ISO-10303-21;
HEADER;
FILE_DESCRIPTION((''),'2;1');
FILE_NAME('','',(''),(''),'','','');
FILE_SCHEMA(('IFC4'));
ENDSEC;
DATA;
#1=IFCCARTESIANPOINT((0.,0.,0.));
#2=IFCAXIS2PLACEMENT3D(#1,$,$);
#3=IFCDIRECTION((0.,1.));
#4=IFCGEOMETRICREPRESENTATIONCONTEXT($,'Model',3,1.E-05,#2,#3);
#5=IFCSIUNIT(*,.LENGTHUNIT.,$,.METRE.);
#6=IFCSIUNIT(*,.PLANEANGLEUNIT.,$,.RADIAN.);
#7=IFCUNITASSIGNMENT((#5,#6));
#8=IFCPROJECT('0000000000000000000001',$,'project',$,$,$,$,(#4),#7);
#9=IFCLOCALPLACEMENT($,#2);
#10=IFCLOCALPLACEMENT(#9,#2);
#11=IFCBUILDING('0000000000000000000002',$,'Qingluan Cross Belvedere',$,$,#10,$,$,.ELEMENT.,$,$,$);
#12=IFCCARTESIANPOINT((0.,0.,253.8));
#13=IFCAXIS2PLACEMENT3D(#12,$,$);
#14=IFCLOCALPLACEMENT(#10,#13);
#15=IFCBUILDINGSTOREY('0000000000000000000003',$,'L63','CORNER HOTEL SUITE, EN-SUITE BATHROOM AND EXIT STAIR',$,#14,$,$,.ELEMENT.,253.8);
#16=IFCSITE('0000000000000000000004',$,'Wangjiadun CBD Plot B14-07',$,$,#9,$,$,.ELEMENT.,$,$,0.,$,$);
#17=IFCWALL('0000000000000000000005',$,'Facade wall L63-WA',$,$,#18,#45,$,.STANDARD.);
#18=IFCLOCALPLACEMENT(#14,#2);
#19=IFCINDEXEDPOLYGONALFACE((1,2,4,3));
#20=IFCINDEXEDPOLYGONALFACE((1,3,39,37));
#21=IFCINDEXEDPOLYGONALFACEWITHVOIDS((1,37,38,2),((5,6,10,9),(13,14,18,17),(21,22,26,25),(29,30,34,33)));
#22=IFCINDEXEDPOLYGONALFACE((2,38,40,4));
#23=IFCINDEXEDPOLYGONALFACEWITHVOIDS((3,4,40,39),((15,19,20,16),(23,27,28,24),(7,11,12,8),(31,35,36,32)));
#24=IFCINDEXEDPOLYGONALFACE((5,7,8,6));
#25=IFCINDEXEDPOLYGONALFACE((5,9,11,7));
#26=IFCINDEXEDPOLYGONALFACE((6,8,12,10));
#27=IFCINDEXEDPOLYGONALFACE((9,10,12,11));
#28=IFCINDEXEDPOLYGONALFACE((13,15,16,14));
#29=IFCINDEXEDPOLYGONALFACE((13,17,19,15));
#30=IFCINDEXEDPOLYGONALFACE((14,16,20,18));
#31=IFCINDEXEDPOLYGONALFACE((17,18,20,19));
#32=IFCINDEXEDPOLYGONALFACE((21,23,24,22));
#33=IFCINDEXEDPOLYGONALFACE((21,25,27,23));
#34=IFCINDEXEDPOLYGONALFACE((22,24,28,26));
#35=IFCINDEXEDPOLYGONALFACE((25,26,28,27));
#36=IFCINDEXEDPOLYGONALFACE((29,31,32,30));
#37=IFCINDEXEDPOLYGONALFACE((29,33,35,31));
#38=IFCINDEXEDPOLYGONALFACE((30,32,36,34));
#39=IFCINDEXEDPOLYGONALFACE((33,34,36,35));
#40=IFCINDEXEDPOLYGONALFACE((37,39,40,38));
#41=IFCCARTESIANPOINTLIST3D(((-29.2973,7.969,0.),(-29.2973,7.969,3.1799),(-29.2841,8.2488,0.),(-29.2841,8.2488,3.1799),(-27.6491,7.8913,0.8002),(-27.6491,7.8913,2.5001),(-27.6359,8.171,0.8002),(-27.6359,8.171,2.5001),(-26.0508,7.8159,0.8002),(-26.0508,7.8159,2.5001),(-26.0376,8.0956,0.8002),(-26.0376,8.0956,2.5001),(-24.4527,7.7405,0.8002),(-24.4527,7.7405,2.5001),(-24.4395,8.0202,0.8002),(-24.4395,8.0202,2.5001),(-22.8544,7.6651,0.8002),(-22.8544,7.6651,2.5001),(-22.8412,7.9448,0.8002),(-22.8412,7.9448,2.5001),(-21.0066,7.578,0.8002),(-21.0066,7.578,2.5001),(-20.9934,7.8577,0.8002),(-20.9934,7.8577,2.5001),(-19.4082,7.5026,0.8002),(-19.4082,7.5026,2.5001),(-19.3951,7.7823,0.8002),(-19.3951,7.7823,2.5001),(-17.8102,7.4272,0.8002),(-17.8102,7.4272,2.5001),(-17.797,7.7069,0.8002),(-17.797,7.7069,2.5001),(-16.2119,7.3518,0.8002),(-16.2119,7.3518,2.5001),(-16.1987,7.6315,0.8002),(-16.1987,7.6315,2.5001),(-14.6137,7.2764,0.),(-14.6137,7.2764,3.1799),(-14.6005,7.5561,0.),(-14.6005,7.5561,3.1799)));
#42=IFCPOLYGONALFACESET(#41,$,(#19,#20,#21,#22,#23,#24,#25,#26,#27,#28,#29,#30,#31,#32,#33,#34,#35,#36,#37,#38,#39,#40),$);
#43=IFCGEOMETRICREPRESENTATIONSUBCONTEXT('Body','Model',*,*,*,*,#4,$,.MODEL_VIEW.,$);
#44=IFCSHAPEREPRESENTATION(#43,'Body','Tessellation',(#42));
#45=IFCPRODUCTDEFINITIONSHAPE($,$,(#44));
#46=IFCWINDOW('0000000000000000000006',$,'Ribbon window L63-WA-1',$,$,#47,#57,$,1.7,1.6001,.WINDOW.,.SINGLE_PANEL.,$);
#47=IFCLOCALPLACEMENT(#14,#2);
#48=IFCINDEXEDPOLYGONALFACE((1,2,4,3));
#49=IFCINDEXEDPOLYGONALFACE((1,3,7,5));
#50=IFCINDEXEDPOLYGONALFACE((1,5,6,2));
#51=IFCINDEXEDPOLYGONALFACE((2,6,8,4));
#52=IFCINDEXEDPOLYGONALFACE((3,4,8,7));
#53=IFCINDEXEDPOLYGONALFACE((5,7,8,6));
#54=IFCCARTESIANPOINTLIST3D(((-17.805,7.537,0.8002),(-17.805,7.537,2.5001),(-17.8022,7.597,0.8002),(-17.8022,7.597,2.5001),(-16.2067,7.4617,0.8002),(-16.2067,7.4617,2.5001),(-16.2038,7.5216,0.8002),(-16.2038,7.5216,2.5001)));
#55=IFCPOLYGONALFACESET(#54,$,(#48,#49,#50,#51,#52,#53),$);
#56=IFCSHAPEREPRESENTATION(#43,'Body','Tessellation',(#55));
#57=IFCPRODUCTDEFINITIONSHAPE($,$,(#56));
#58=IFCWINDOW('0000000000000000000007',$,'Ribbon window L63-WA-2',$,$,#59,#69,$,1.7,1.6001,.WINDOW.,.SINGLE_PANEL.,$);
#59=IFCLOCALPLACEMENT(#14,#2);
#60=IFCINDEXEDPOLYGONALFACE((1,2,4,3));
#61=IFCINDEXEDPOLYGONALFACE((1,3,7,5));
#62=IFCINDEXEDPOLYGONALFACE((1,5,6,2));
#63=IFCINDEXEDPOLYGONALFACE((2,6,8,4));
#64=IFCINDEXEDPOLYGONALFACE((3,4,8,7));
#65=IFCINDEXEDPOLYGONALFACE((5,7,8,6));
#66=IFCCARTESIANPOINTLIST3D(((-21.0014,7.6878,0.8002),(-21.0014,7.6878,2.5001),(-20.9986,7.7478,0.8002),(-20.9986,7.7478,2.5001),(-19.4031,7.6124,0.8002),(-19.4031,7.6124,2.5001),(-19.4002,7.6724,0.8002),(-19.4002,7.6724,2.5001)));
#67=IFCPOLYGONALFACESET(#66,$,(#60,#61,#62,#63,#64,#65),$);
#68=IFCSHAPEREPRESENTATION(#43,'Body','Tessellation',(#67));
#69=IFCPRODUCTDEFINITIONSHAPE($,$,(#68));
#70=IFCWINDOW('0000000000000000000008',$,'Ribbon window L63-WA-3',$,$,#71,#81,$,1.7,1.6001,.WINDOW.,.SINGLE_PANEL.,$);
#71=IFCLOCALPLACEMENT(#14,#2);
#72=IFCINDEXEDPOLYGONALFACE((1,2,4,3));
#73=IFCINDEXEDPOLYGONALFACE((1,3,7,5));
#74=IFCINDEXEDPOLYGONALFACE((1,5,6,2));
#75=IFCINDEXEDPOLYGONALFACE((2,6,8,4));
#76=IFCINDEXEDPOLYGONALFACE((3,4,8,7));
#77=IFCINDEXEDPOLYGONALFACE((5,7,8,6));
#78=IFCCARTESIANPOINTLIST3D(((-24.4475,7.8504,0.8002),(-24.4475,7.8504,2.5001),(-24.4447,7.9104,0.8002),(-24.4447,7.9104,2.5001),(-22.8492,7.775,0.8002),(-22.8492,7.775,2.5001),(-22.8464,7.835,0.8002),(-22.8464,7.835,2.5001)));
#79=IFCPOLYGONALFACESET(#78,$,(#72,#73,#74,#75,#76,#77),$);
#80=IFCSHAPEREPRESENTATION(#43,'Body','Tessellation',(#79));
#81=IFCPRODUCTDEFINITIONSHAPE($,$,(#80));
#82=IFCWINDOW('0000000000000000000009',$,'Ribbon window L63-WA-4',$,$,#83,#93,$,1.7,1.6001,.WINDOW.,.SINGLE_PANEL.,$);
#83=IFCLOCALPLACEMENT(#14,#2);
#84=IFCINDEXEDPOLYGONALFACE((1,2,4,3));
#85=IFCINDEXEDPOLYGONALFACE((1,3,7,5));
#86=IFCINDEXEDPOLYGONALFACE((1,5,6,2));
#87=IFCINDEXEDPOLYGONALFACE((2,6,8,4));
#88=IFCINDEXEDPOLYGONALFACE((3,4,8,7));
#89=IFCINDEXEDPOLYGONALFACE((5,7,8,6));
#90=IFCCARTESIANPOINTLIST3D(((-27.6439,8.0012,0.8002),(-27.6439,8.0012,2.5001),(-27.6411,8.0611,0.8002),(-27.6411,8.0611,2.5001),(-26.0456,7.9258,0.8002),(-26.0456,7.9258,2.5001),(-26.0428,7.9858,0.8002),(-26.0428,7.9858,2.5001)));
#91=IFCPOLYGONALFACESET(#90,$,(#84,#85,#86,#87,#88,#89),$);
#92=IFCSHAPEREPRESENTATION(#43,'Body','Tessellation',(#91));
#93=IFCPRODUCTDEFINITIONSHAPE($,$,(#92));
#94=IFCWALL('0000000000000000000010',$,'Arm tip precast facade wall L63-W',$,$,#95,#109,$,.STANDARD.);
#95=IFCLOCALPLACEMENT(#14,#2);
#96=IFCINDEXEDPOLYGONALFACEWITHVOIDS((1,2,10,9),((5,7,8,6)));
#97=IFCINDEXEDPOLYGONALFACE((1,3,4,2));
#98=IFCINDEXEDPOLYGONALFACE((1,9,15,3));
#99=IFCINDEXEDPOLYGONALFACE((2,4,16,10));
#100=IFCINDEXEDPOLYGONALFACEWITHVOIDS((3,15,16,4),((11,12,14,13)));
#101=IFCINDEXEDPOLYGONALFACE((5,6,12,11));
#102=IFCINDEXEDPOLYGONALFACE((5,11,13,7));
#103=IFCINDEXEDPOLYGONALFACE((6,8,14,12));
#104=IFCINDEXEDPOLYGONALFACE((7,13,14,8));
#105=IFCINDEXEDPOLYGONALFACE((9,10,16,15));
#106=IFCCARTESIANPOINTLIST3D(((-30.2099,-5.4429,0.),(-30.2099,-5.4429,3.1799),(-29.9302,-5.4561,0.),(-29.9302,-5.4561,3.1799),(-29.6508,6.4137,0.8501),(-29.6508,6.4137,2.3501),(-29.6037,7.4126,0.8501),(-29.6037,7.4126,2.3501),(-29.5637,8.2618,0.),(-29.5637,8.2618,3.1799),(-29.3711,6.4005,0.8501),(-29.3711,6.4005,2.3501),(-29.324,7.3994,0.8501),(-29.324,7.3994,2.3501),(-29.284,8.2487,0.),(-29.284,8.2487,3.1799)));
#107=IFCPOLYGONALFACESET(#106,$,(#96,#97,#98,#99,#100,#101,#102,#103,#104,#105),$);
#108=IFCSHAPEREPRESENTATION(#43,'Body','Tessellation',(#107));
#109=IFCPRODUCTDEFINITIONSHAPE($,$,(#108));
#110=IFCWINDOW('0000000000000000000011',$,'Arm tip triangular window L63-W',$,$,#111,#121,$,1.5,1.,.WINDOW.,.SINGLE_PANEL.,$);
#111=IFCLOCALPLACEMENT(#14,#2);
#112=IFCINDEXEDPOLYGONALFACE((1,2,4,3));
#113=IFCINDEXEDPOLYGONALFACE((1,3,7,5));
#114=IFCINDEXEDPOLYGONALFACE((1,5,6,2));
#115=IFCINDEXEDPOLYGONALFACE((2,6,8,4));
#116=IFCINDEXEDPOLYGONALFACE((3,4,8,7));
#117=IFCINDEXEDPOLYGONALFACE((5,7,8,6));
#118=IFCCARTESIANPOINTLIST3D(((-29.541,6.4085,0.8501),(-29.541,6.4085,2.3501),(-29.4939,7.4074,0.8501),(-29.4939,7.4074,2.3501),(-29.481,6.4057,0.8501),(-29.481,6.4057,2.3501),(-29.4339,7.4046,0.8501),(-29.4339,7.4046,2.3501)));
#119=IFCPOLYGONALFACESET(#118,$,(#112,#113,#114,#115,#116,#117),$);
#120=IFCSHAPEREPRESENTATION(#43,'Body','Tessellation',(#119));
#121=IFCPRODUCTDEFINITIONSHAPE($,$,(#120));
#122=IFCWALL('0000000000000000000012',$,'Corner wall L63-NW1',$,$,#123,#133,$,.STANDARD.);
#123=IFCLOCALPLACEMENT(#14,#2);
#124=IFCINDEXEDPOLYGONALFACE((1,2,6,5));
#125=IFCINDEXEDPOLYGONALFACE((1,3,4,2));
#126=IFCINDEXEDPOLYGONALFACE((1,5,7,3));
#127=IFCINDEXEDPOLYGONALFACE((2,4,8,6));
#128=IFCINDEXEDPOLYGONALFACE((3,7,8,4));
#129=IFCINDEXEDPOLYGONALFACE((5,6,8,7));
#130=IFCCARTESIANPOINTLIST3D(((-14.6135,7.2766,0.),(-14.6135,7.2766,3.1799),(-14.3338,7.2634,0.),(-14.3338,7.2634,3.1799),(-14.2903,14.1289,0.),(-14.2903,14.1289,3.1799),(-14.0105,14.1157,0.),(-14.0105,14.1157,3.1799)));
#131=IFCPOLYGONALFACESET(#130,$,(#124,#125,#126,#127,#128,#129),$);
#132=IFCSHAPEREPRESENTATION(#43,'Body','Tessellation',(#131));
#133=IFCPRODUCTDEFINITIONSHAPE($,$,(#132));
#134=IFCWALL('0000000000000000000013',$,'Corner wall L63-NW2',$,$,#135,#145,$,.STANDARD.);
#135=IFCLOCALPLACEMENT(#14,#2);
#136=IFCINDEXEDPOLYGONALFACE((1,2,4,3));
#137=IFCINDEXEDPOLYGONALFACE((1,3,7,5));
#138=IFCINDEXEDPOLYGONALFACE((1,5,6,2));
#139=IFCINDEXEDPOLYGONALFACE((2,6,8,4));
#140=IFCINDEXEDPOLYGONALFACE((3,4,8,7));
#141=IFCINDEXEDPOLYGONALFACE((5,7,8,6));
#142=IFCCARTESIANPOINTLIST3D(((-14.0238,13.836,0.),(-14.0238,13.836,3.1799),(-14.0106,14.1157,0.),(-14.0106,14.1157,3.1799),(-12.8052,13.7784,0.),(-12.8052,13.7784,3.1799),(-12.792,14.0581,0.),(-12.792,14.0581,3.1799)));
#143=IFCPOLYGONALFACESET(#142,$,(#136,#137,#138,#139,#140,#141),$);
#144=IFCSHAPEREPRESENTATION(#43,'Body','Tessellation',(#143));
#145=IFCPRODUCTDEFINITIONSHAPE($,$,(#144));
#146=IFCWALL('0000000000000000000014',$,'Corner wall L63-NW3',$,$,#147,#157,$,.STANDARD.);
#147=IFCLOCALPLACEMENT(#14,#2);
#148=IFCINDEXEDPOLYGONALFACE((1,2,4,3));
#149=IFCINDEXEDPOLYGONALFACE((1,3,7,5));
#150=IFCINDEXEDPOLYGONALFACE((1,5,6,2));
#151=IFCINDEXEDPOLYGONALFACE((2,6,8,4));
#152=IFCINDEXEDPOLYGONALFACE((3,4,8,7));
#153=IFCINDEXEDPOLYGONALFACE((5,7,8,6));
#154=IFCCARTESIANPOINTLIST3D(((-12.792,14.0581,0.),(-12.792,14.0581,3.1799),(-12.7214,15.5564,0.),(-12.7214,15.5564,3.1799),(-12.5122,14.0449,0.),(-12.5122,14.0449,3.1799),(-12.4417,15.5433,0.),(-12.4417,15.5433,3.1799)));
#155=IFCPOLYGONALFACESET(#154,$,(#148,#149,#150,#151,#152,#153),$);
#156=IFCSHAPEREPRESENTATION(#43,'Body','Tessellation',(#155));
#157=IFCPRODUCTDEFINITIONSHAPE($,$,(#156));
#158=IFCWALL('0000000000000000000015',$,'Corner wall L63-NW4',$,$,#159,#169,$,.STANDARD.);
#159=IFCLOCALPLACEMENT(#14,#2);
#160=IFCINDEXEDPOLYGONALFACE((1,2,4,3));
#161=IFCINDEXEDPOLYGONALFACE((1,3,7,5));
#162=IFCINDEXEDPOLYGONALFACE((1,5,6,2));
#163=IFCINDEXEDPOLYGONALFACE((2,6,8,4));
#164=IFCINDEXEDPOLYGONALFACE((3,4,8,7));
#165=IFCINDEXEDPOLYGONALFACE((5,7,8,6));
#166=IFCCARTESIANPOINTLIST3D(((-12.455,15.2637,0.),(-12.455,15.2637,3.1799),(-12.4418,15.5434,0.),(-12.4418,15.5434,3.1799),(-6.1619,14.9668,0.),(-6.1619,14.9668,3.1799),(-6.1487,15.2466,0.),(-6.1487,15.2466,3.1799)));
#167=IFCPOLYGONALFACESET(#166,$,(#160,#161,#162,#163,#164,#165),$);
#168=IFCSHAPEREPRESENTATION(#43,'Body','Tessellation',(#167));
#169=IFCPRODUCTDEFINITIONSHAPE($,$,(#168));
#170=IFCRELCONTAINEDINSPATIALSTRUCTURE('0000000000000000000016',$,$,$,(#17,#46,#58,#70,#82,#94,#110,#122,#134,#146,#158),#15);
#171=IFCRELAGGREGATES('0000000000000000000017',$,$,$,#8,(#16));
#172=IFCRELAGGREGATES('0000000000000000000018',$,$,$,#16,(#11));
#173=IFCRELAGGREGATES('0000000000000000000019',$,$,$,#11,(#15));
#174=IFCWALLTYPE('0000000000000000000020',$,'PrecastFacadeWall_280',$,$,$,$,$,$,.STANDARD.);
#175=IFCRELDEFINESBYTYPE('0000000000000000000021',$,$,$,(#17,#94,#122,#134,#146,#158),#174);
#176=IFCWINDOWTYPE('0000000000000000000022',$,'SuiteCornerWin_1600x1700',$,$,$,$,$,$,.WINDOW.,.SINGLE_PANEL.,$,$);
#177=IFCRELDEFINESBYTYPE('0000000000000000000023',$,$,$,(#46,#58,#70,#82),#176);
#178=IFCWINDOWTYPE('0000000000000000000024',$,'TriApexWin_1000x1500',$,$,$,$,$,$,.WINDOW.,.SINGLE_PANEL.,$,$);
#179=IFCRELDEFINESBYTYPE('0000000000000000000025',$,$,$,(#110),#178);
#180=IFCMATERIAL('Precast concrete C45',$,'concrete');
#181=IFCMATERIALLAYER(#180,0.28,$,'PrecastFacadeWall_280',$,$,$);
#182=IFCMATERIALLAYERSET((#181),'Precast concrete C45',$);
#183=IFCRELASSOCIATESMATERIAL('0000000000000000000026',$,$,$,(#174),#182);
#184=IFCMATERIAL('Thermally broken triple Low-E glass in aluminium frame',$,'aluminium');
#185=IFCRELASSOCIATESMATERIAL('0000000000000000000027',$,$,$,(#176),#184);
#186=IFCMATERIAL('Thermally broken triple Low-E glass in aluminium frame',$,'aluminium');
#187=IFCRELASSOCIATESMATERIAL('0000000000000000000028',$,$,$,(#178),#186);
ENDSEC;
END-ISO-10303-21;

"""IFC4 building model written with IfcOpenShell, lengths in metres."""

from ifc_helpers import new_model, si_unit, direction, frame, frame_2d, origin, place, context, subcontext, project, spatial, rectangle, extrude, material, layer, layer_set, type_object, element, fill, save


model = new_model("IFC4")

# Units and contexts
model_context = context("Model", 3, precision=1e-05, world=origin(), true_north=direction((0.0, 1.0)))
body_context = subcontext(model_context, "Body", "Model", "MODEL_VIEW")
ifc_project = project(units=[si_unit("LENGTHUNIT", "METRE"), si_unit("PLANEANGLEUNIT", "RADIAN")], contexts=[model_context])

# Site, building, storey
site_placement = place(None, origin())
site = spatial("IfcSite", under=ifc_project, at=site_placement, Name="Wangjiadun CBD Plot B14-07", CompositionType="ELEMENT", RefElevation=0.0)
building_placement = place(site_placement, origin())
building = spatial("IfcBuilding", under=site, at=building_placement, Name="Qingluan Cross Belvedere", CompositionType="ELEMENT")
storey_placement = place(building_placement, frame((0.0, 0.0, 253.8)))
storey = spatial("IfcBuildingStorey", under=building, at=storey_placement, Name="L63", Description="CORNER HOTEL SUITE, EN-SUITE BATHROOM AND EXIT STAIR", CompositionType="ELEMENT", Elevation=253.8)

# Wall, openings, windows
ifc_material_1 = material(Name="Precast concrete C45", Category="concrete")
ifc_layer_1 = layer(ifc_material_1, 0.28, Name="PrecastFacadeWall_280")
ifc_layer_set_1 = layer_set([ifc_layer_1], Name="Precast concrete C45")
wall_type = type_object("IfcWallType", Name="PrecastFacadeWall_280", PredefinedType="STANDARD", material=ifc_layer_set_1)
wall_1_placement = place(storey_placement, frame((-14.6069, 7.4163, 0.0), z_axis=(0.0, 0.0, 1.0), x_axis=(-0.998889, 0.047118, 0.0)))
wall_1 = element("IfcWall", 1, at=wall_1_placement, inside=storey, type_object=wall_type, Name="Facade wall L63-WA", PredefinedType="STANDARD", context=body_context, shape_type="SweptSolid", body=[
    extrude(rectangle(XDim=14.7, YDim=0.28, at=frame_2d((7.3501, 0.0))), origin(), (0.0, 0.0, 1.0), 3.1799),
])
opening_1_placement = place(wall_1_placement, frame((1.6001, 0.0, 0.8)))
opening_1 = element("IfcOpeningElement", 2, at=opening_1_placement, cuts=wall_1, PredefinedType="OPENING", context=body_context, shape_type="SweptSolid", body=[
    extrude(rectangle(XDim=1.6001, YDim=1.7, at=frame_2d((0.8, 0.8501))), frame((0.0, 0.1499, 0.0), z_axis=(0.0, -1.0, 0.0), x_axis=(1.0, 0.0, 0.0)), (0.0, 0.0, 1.0), 0.3),
])
opening_2_placement = place(wall_1_placement, frame((4.8, 0.0, 0.8)))
opening_2 = element("IfcOpeningElement", 3, at=opening_2_placement, cuts=wall_1, PredefinedType="OPENING", context=body_context, shape_type="SweptSolid", body=[
    extrude(rectangle(XDim=1.6001, YDim=1.7, at=frame_2d((0.8, 0.8501))), frame((0.0, 0.1499, 0.0), z_axis=(0.0, -1.0, 0.0), x_axis=(1.0, 0.0, 0.0)), (0.0, 0.0, 1.0), 0.3),
])
opening_3_placement = place(wall_1_placement, frame((8.25, 0.0, 0.8)))
opening_3 = element("IfcOpeningElement", 4, at=opening_3_placement, cuts=wall_1, PredefinedType="OPENING", context=body_context, shape_type="SweptSolid", body=[
    extrude(rectangle(XDim=1.6001, YDim=1.7, at=frame_2d((0.8, 0.8501))), frame((0.0, 0.1499, 0.0), z_axis=(0.0, -1.0, 0.0), x_axis=(1.0, 0.0, 0.0)), (0.0, 0.0, 1.0), 0.3),
])
opening_4_placement = place(wall_1_placement, frame((11.45, 0.0, 0.8)))
opening_4 = element("IfcOpeningElement", 5, at=opening_4_placement, cuts=wall_1, PredefinedType="OPENING", context=body_context, shape_type="SweptSolid", body=[
    extrude(rectangle(XDim=1.6001, YDim=1.7, at=frame_2d((0.8, 0.8501))), frame((0.0, 0.1499, 0.0), z_axis=(0.0, -1.0, 0.0), x_axis=(1.0, 0.0, 0.0)), (0.0, 0.0, 1.0), 0.3),
])
ifc_material_2 = material(Name="Thermally broken triple Low-E glass in aluminium frame", Category="aluminium")
window_type_1 = type_object("IfcWindowType", Name="SuiteCornerWin_1600x1700", PartitioningType="SINGLE_PANEL", PredefinedType="WINDOW", material=ifc_material_2)
window_1_placement = place(opening_1_placement, origin())
window_1 = element("IfcWindow", 6, at=window_1_placement, inside=storey, type_object=window_type_1, Name="Ribbon window L63-WA-1", OverallHeight=1.7, OverallWidth=1.6001, PartitioningType="SINGLE_PANEL", PredefinedType="WINDOW", context=body_context, shape_type="SweptSolid", body=[
    extrude(rectangle(XDim=1.6001, YDim=1.7, at=frame_2d((0.8, 0.8501))), frame((0.0, 0.03, 0.0), z_axis=(0.0, -1.0, 0.0), x_axis=(1.0, 0.0, 0.0)), (0.0, 0.0, 1.0), 0.0601),
])
fill(opening_1, window_1)
window_2_placement = place(opening_2_placement, origin())
window_2 = element("IfcWindow", 7, at=window_2_placement, inside=storey, type_object=window_type_1, Name="Ribbon window L63-WA-2", OverallHeight=1.7, OverallWidth=1.6001, PartitioningType="SINGLE_PANEL", PredefinedType="WINDOW", context=body_context, shape_type="SweptSolid", body=[
    extrude(rectangle(XDim=1.6001, YDim=1.7, at=frame_2d((0.8, 0.8501))), frame((0.0, 0.03, 0.0), z_axis=(0.0, -1.0, 0.0), x_axis=(1.0, 0.0, 0.0)), (0.0, 0.0, 1.0), 0.0601),
])
fill(opening_2, window_2)
window_3_placement = place(opening_3_placement, origin())
window_3 = element("IfcWindow", 8, at=window_3_placement, inside=storey, type_object=window_type_1, Name="Ribbon window L63-WA-3", OverallHeight=1.7, OverallWidth=1.6001, PartitioningType="SINGLE_PANEL", PredefinedType="WINDOW", context=body_context, shape_type="SweptSolid", body=[
    extrude(rectangle(XDim=1.6001, YDim=1.7, at=frame_2d((0.8, 0.8501))), frame((0.0, 0.03, 0.0), z_axis=(0.0, -1.0, 0.0), x_axis=(1.0, 0.0, 0.0)), (0.0, 0.0, 1.0), 0.0601),
])
fill(opening_3, window_3)
window_4_placement = place(opening_4_placement, origin())
window_4 = element("IfcWindow", 9, at=window_4_placement, inside=storey, type_object=window_type_1, Name="Ribbon window L63-WA-4", OverallHeight=1.7, OverallWidth=1.6001, PartitioningType="SINGLE_PANEL", PredefinedType="WINDOW", context=body_context, shape_type="SweptSolid", body=[
    extrude(rectangle(XDim=1.6001, YDim=1.7, at=frame_2d((0.8, 0.8501))), frame((0.0, 0.03, 0.0), z_axis=(0.0, -1.0, 0.0), x_axis=(1.0, 0.0, 0.0)), (0.0, 0.0, 1.0), 0.0601),
])
fill(opening_4, window_4)

# Wall, opening, window
wall_2_placement = place(storey_placement, frame((-29.4238, 8.2551, 0.0), z_axis=(0.0, 0.0, 1.0), x_axis=(-0.047102, -0.99889, 0.0)))
wall_2 = element("IfcWall", 10, at=wall_2_placement, inside=storey, type_object=wall_type, Name="Arm tip precast facade wall L63-W", PredefinedType="STANDARD", context=body_context, shape_type="SweptSolid", body=[
    extrude(rectangle(XDim=13.72, YDim=0.28, at=frame_2d((6.8599, 0.0))), origin(), (0.0, 0.0, 1.0), 3.1799),
])
opening_5_placement = place(wall_2_placement, frame((0.8501, 0.0, 0.8501)))
opening_5 = element("IfcOpeningElement", 11, at=opening_5_placement, cuts=wall_2, PredefinedType="OPENING", context=body_context, shape_type="SweptSolid", body=[
    extrude(rectangle(XDim=1.0, YDim=1.5, at=frame_2d((0.5, 0.75))), frame((0.0, 0.1499, 0.0), z_axis=(0.0, -1.0, 0.0), x_axis=(1.0, 0.0, 0.0)), (0.0, 0.0, 1.0), 0.3),
])
ifc_material_3 = material(Name="Thermally broken triple Low-E glass in aluminium frame", Category="aluminium")
window_type_2 = type_object("IfcWindowType", Name="TriApexWin_1000x1500", PartitioningType="SINGLE_PANEL", PredefinedType="WINDOW", material=ifc_material_3)
window_5_placement = place(opening_5_placement, origin())
window_5 = element("IfcWindow", 12, at=window_5_placement, inside=storey, type_object=window_type_2, Name="Arm tip triangular window L63-W", OverallHeight=1.5, OverallWidth=1.0, PartitioningType="SINGLE_PANEL", PredefinedType="WINDOW", context=body_context, shape_type="SweptSolid", body=[
    extrude(rectangle(XDim=1.0, YDim=1.5, at=frame_2d((0.5, 0.75))), frame((0.0, 0.03, 0.0), z_axis=(0.0, -1.0, 0.0), x_axis=(1.0, 0.0, 0.0)), (0.0, 0.0, 1.0), 0.0601),
])
fill(opening_5, window_5)

# Walls
wall_3_placement = place(storey_placement, frame((-14.4736, 7.27, 0.0), z_axis=(0.0, 0.0, 1.0), x_axis=(0.04712, 0.998889, 0.0)))
element("IfcWall", 13, at=wall_3_placement, inside=storey, type_object=wall_type, Name="Corner wall L63-NW1", PredefinedType="STANDARD", context=body_context, shape_type="SweptSolid", body=[
    extrude(rectangle(XDim=6.8599, YDim=0.28, at=frame_2d((3.4299, 0.0))), origin(), (0.0, 0.0, 1.0), 3.1799),
])
wall_4_placement = place(storey_placement, frame((-14.0171, 13.9758, 0.0), z_axis=(0.0, 0.0, 1.0), x_axis=(0.998884, -0.047232, 0.0)))
element("IfcWall", 14, at=wall_4_placement, inside=storey, type_object=wall_type, Name="Corner wall L63-NW2", PredefinedType="STANDARD", context=body_context, shape_type="SweptSolid", body=[
    extrude(rectangle(XDim=1.22, YDim=0.28, at=frame_2d((0.6099, 0.0))), origin(), (0.0, 0.0, 1.0), 3.1799),
])
wall_5_placement = place(storey_placement, frame((-12.6521, 14.0515, 0.0), z_axis=(0.0, 0.0, 1.0), x_axis=(0.047039, 0.998893, 0.0)))
element("IfcWall", 15, at=wall_5_placement, inside=storey, type_object=wall_type, Name="Corner wall L63-NW3", PredefinedType="STANDARD", context=body_context, shape_type="SweptSolid", body=[
    extrude(rectangle(XDim=1.5, YDim=0.28, at=frame_2d((0.75, 0.0))), origin(), (0.0, 0.0, 1.0), 3.1799),
])
wall_6_placement = place(storey_placement, frame((-12.4482, 15.4036, 0.0), z_axis=(0.0, 0.0, 1.0), x_axis=(0.998889, -0.047123, 0.0)))
element("IfcWall", 16, at=wall_6_placement, inside=storey, type_object=wall_type, Name="Corner wall L63-NW4", PredefinedType="STANDARD", context=body_context, shape_type="SweptSolid", body=[
    extrude(rectangle(XDim=6.3, YDim=0.28, at=frame_2d((3.1499, 0.0))), origin(), (0.0, 0.0, 1.0), 3.1799),
])

save(model, "model.ifc")
